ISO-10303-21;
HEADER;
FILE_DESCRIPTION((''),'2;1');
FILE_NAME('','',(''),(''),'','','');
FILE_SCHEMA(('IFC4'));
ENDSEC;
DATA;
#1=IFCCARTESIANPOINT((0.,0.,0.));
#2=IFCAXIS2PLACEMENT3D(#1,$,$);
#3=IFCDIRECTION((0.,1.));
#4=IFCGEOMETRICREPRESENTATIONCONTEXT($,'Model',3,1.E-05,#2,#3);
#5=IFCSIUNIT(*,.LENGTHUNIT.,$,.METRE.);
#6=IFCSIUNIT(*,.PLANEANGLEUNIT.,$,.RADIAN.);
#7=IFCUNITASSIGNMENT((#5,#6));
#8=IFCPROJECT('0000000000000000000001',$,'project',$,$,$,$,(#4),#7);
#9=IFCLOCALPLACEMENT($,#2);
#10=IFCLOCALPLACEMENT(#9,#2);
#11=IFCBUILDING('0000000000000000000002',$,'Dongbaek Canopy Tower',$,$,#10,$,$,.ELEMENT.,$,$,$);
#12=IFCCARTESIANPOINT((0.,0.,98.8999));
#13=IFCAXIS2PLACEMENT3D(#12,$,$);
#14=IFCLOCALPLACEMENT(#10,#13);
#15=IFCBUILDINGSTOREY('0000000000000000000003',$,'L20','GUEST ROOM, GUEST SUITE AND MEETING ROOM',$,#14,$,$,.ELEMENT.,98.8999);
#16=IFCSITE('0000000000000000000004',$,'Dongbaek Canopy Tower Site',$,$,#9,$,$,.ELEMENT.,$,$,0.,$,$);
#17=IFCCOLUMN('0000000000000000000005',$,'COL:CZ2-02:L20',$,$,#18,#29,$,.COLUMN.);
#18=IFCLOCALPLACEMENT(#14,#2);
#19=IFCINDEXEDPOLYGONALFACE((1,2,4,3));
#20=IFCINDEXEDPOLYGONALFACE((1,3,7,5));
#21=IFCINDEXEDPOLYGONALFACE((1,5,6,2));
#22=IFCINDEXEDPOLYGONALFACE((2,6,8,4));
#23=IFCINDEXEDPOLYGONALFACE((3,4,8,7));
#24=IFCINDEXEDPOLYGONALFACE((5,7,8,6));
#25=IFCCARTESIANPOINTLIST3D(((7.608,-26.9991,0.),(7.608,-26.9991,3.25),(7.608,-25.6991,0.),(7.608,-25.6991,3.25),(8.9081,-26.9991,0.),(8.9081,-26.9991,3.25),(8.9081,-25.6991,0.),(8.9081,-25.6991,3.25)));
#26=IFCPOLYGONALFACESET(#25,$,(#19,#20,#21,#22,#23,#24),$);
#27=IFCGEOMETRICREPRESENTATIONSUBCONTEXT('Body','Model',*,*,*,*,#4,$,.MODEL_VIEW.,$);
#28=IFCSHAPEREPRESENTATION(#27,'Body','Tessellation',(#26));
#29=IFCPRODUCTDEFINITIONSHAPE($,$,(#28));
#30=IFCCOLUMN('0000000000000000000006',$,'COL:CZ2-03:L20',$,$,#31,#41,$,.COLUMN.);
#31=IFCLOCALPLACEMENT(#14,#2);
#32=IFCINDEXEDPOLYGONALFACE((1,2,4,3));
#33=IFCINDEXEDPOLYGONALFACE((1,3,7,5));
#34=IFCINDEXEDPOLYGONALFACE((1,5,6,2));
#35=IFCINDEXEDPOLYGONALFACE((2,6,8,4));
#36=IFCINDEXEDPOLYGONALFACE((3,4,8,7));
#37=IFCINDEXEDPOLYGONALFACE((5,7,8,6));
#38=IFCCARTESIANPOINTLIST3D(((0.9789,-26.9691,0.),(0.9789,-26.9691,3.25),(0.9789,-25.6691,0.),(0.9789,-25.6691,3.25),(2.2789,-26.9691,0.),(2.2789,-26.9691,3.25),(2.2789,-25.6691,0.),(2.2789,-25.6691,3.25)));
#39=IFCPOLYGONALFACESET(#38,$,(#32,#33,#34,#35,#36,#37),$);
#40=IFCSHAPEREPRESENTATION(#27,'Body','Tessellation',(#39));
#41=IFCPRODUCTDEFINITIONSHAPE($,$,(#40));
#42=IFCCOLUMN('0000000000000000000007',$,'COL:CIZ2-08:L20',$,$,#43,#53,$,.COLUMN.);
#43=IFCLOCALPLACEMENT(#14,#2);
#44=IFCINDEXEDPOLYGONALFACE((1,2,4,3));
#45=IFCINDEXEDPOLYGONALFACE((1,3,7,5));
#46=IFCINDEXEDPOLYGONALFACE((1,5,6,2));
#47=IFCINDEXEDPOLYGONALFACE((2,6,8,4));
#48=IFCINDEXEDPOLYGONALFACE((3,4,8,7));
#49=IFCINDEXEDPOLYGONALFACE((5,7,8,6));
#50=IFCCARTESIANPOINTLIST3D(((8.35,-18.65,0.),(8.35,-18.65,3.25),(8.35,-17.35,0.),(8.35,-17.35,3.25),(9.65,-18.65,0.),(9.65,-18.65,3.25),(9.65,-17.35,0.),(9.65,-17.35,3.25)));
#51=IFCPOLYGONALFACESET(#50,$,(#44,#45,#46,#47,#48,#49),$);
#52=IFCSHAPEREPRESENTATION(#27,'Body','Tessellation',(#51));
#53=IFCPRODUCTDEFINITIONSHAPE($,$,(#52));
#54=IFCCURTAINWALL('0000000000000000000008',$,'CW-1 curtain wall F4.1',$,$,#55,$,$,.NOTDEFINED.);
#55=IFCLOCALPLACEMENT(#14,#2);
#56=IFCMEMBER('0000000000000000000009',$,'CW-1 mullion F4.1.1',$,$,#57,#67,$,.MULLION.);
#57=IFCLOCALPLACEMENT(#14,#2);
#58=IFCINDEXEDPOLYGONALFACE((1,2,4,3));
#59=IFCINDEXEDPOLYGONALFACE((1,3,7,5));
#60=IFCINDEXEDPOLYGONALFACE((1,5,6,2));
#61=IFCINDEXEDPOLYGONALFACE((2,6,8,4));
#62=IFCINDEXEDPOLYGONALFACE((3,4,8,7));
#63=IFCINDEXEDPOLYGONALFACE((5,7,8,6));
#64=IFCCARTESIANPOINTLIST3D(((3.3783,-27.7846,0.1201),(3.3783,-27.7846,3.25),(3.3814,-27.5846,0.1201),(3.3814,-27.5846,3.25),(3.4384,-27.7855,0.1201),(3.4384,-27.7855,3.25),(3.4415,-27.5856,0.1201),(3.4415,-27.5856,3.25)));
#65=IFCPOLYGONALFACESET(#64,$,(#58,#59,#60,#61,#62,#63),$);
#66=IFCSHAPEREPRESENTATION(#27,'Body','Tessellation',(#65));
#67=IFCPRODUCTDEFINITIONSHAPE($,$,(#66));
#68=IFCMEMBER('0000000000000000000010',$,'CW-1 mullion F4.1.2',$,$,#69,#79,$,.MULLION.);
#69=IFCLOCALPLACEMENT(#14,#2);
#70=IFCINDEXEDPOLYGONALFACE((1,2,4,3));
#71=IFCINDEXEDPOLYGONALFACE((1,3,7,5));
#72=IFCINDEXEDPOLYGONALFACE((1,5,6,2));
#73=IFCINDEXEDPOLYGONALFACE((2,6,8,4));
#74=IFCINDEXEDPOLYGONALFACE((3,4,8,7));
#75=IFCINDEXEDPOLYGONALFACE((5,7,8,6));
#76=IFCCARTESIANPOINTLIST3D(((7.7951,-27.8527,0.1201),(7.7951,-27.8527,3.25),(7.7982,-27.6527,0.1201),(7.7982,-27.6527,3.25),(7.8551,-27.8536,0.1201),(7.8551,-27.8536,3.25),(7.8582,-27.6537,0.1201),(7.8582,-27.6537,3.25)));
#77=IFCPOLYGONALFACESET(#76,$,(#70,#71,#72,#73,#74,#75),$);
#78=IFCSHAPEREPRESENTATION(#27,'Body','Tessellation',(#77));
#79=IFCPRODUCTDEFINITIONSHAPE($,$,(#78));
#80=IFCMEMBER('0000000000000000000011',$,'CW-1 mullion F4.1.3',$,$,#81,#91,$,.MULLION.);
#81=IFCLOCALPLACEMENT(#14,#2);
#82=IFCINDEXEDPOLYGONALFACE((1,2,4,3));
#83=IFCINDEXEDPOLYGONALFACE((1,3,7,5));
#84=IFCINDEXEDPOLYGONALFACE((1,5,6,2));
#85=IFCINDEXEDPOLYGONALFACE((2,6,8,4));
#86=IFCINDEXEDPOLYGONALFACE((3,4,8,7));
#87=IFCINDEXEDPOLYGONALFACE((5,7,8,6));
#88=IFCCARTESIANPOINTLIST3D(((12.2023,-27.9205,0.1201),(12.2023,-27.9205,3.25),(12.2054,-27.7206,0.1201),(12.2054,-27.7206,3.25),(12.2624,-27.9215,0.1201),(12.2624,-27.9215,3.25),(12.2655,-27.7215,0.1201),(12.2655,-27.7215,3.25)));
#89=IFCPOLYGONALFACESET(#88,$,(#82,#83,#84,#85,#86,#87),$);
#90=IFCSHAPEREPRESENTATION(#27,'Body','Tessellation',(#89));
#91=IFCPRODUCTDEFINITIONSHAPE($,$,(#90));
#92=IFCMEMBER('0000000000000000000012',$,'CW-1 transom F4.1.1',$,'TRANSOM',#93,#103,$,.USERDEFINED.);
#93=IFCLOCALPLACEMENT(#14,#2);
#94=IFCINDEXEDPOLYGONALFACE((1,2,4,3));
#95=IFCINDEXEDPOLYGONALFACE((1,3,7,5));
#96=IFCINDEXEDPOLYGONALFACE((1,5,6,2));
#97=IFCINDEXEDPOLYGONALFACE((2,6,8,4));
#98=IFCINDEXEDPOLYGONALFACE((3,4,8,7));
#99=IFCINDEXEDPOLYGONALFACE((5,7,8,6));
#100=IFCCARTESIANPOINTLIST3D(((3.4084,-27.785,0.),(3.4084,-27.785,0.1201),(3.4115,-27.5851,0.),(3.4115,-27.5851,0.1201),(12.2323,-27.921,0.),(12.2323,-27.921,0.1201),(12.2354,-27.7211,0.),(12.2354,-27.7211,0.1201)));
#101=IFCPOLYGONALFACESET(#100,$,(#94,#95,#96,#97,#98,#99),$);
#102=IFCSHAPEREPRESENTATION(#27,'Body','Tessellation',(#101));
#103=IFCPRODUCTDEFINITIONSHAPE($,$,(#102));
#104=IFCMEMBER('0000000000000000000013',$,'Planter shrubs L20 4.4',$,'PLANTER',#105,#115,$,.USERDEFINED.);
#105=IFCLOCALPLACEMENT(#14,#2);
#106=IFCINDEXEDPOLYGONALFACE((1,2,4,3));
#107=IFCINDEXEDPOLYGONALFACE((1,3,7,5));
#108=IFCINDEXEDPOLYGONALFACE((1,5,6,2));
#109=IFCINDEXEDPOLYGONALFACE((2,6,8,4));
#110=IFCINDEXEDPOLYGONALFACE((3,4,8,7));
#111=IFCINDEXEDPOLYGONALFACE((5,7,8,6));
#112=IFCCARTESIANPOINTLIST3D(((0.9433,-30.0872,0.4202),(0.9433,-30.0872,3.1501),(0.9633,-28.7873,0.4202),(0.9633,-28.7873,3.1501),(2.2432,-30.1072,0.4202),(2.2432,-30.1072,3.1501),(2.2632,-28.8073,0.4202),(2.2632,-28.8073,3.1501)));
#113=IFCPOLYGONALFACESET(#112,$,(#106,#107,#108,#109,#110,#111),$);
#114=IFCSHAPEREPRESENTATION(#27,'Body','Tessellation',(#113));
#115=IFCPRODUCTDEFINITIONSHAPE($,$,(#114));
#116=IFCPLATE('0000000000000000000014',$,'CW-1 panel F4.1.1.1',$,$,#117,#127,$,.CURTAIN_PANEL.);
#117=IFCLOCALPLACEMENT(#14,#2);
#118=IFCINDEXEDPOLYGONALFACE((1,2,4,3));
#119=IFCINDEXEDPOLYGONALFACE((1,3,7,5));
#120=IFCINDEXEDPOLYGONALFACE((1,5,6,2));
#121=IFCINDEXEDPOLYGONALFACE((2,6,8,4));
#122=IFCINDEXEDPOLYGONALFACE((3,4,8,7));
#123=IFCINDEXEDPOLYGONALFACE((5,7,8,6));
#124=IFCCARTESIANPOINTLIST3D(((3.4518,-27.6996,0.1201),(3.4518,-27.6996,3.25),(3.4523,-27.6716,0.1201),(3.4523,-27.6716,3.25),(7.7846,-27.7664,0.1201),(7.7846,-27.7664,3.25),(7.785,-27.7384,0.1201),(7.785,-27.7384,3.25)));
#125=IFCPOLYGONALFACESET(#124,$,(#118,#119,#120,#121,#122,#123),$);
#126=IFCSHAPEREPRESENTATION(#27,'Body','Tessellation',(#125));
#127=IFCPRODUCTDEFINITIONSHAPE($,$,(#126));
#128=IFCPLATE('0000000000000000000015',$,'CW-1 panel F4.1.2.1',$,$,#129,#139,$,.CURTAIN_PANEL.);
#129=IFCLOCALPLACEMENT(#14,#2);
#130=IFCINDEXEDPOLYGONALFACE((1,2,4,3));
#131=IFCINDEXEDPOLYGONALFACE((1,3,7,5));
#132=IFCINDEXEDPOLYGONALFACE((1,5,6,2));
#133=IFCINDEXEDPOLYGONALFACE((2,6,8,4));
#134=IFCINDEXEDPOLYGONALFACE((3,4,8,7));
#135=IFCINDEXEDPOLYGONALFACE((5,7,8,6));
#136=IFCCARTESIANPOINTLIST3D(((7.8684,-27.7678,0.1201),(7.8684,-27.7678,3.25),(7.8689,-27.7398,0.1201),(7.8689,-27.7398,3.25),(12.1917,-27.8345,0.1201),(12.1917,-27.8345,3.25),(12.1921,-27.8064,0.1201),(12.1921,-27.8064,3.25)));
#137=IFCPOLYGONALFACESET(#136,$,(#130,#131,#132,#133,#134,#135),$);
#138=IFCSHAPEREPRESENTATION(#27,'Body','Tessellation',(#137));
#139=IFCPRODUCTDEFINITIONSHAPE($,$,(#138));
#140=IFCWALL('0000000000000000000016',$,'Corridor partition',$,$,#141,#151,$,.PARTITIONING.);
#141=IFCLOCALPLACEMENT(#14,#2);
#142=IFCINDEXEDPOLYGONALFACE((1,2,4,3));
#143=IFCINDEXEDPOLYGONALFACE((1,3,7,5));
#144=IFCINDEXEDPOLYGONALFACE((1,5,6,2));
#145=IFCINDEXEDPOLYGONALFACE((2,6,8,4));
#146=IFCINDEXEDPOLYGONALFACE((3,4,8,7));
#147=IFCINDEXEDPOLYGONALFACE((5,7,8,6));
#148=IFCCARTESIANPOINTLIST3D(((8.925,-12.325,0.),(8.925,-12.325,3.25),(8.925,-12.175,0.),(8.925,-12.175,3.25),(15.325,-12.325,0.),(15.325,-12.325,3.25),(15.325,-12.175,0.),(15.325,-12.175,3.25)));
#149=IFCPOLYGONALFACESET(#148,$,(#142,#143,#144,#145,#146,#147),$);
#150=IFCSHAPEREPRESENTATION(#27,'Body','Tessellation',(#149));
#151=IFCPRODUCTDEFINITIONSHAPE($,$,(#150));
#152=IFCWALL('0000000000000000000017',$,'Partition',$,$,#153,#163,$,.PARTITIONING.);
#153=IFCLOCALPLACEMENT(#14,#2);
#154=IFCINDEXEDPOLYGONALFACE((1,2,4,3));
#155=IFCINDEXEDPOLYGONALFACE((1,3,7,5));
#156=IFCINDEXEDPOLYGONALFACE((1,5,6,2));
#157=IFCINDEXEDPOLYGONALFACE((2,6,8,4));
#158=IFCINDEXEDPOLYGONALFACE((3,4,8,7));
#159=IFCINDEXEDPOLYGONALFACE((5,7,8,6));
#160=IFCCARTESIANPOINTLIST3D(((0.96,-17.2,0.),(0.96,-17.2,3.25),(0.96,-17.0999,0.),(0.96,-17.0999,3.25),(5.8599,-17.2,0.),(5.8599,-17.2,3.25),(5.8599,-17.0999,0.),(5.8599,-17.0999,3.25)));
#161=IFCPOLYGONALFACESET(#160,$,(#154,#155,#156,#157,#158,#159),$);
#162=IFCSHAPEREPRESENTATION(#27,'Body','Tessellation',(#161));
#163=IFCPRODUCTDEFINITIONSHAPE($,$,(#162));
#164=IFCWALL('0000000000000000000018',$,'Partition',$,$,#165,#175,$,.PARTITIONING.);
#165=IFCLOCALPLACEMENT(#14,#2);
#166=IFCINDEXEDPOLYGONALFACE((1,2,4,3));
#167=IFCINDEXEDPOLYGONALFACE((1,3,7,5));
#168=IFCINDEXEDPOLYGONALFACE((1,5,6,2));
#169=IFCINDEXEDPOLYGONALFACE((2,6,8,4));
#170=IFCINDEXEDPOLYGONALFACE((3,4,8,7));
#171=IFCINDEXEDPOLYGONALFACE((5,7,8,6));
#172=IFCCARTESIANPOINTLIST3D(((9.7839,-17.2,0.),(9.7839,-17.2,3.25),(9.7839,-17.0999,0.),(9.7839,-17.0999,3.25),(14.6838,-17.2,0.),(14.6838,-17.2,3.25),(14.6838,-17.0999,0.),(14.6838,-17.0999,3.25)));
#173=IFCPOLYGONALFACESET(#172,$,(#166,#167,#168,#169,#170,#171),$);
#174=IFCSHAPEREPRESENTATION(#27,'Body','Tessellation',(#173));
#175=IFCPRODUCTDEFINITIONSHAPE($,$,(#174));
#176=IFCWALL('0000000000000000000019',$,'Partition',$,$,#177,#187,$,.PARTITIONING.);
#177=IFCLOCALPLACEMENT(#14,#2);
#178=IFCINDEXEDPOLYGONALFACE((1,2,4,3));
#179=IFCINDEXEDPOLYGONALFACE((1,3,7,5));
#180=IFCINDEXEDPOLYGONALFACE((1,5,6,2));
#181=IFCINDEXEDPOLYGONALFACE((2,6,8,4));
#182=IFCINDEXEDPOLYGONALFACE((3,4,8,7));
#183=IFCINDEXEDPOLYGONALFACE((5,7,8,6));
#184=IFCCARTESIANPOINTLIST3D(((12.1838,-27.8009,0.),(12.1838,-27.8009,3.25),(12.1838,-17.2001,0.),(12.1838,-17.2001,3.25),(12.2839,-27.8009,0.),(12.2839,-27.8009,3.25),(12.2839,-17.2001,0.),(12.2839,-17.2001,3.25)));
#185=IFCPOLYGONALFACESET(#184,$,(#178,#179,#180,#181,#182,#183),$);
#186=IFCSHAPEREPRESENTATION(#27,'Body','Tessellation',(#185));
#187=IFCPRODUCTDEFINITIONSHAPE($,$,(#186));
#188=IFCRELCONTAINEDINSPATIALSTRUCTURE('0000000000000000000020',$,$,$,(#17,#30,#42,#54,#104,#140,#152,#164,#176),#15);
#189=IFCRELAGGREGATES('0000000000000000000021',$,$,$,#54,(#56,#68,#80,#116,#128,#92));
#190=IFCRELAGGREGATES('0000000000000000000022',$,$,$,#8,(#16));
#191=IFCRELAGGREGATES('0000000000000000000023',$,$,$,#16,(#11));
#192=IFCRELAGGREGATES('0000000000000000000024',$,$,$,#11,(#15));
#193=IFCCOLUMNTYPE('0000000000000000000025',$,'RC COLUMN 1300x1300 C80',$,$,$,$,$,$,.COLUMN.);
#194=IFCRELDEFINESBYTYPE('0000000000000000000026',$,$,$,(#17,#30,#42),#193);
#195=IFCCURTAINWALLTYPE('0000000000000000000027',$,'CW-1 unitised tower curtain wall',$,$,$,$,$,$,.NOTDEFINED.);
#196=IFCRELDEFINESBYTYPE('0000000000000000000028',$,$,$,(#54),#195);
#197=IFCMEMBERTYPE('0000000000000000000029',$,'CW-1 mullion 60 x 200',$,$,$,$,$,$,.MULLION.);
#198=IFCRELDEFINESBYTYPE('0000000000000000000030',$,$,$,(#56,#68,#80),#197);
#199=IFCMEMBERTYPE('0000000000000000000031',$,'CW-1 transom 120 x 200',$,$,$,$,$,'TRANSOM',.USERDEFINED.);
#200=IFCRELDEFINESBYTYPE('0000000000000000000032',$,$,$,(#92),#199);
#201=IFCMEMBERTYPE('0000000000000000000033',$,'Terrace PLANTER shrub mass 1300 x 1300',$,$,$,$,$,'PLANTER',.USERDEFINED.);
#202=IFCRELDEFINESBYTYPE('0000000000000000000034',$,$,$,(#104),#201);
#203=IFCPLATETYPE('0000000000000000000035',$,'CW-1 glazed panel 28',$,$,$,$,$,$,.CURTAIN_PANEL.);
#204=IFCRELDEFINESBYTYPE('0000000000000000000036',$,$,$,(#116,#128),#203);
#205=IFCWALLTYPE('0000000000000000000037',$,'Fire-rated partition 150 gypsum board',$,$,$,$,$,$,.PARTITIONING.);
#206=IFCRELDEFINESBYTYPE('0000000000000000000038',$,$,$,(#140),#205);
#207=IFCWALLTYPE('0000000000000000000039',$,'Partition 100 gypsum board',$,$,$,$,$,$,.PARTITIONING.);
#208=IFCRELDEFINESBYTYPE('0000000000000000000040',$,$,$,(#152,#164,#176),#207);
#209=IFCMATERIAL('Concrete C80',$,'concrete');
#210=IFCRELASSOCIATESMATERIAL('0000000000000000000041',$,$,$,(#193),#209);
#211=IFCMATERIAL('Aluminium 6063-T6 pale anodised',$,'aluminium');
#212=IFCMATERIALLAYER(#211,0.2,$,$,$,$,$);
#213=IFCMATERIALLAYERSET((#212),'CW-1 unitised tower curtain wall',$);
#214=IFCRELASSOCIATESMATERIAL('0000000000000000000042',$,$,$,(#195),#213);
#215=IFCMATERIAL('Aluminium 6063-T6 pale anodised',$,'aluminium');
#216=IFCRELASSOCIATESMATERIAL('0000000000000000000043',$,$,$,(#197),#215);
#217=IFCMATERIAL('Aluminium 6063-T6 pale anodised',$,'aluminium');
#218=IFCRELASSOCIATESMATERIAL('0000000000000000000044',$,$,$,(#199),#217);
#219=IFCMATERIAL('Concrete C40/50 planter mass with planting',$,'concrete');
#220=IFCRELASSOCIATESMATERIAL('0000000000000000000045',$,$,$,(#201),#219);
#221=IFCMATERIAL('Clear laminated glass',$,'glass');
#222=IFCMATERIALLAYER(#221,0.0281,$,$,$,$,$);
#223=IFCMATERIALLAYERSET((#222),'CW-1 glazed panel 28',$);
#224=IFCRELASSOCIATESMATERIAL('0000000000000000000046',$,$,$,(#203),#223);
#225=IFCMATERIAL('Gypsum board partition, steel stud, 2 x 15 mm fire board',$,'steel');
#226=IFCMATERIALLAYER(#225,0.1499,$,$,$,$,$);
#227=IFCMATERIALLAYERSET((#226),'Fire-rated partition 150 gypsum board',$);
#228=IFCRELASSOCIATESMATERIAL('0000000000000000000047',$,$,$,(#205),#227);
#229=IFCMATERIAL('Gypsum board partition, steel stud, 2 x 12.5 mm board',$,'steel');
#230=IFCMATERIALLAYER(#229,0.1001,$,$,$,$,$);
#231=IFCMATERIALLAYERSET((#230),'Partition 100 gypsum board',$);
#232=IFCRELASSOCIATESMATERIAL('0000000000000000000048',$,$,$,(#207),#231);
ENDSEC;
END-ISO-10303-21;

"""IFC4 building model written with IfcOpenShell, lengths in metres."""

from ifc_helpers import new_model, si_unit, direction, frame, frame_2d, origin, origin_2d, place, context, subcontext, project, spatial, rectangle, extrude, material, layer, layer_set, material_profile, profile_set, type_object, element, aggregate, save


model = new_model("IFC4")

# Units and contexts
model_context = context("Model", 3, precision=1e-05, world=origin(), true_north=direction((0.0, 1.0)))
body_context = subcontext(model_context, "Body", "Model", "MODEL_VIEW")
ifc_project = project(units=[si_unit("LENGTHUNIT", "METRE"), si_unit("PLANEANGLEUNIT", "RADIAN")], contexts=[model_context])

# Site, building, storey
site_placement = place(None, origin())
site = spatial("IfcSite", under=ifc_project, at=site_placement, Name="Dongbaek Canopy Tower Site", CompositionType="ELEMENT", RefElevation=0.0)
building_placement = place(site_placement, origin())
building = spatial("IfcBuilding", under=site, at=building_placement, Name="Dongbaek Canopy Tower", CompositionType="ELEMENT")
storey_placement = place(building_placement, frame((0.0, 0.0, 98.8999)))
storey = spatial("IfcBuildingStorey", under=building, at=storey_placement, Name="L20", Description="GUEST ROOM, GUEST SUITE AND MEETING ROOM", CompositionType="ELEMENT", Elevation=98.8999)

# Columns
ifc_material_1 = material(Name="Concrete C80", Category="concrete")
ifc_material_profile_1 = material_profile(ifc_material_1, rectangle(XDim=1.3, YDim=1.3, at=origin_2d()), Name="RC COLUMN 1300x1300 C80")
ifc_profile_set_1 = profile_set([ifc_material_profile_1], Name="Concrete C80")
column_type = type_object("IfcColumnType", Name="RC COLUMN 1300x1300 C80", PredefinedType="COLUMN", material=ifc_profile_set_1)
for number, where, z_axis, x_axis, name in (
    (1, (8.2581, -26.3491, 0.0), (0.0, 0.0, 1.0), (1.0, 0.0, 0.0), "COL:CZ2-02:L20"),
    (2, (1.6289, -26.3191, 0.0), (0.0, 0.0, 1.0), (1.0, 0.0, 0.0), "COL:CZ2-03:L20"),
    (3, (9.0, -18.0, 0.0), (0.0, 0.0, 1.0), (1.0, 0.0, 0.0), "COL:CIZ2-08:L20"),
):
    element("IfcColumn", number, at=place(storey_placement, frame(where, z_axis=z_axis, x_axis=x_axis)), inside=storey, type_object=column_type, Name=name, PredefinedType="COLUMN", context=body_context, shape_type="SweptSolid", body=[
        extrude(rectangle(XDim=1.3, YDim=1.3, at=origin_2d()), origin(), (0.0, 0.0, 1.0), 3.25),
    ])

# Curtain wall, members
ifc_material_2 = material(Name="Aluminium 6063-T6 pale anodised", Category="aluminium")
ifc_layer_1 = layer(ifc_material_2, 0.2)
ifc_layer_set_1 = layer_set([ifc_layer_1], Name="CW-1 unitised tower curtain wall")
curtain_wall_type = type_object("IfcCurtainWallType", Name="CW-1 unitised tower curtain wall", PredefinedType="NOTDEFINED", material=ifc_layer_set_1)
curtain_wall_placement = place(storey_placement, origin())
curtain_wall = element("IfcCurtainWall", 4, at=curtain_wall_placement, inside=storey, type_object=curtain_wall_type, Name="CW-1 curtain wall F4.1", PredefinedType="NOTDEFINED")
ifc_material_3 = material(Name="Aluminium 6063-T6 pale anodised", Category="aluminium")
ifc_material_profile_2 = material_profile(ifc_material_3, rectangle(XDim=0.2, YDim=0.0601, at=origin_2d()), Name="CW-1 mullion 60 x 200")
ifc_profile_set_2 = profile_set([ifc_material_profile_2], Name="Aluminium 6063-T6 pale anodised")
member_type_1 = type_object("IfcMemberType", Name="CW-1 mullion 60 x 200", PredefinedType="MULLION", material=ifc_profile_set_2)
member_1_placement = place(storey_placement, frame((3.4099, -27.6851, 0.1201), z_axis=(0.0, 0.0, 1.0), x_axis=(-0.015413, -0.999881, 0.0)))
member_1 = element("IfcMember", 5, at=member_1_placement, type_object=member_type_1, Name="CW-1 mullion F4.1.1", PredefinedType="MULLION", context=body_context, shape_type="SweptSolid", body=[
    extrude(rectangle(XDim=0.2, YDim=0.0601, at=origin_2d()), origin(), (0.0, 0.0, 1.0), 3.1299),
])
member_2_placement = place(storey_placement, frame((7.8267, -27.7532, 0.1201), z_axis=(0.0, 0.0, 1.0), x_axis=(-0.015413, -0.999881, 0.0)))
member_2 = element("IfcMember", 6, at=member_2_placement, type_object=member_type_1, Name="CW-1 mullion F4.1.2", PredefinedType="MULLION", context=body_context, shape_type="SweptSolid", body=[
    extrude(rectangle(XDim=0.2, YDim=0.0601, at=origin_2d()), origin(), (0.0, 0.0, 1.0), 3.1299),
])
member_3_placement = place(storey_placement, frame((12.2339, -27.821, 0.1201), z_axis=(0.0, 0.0, 1.0), x_axis=(-0.015413, -0.999881, 0.0)))
member_3 = element("IfcMember", 7, at=member_3_placement, type_object=member_type_1, Name="CW-1 mullion F4.1.3", PredefinedType="MULLION", context=body_context, shape_type="SweptSolid", body=[
    extrude(rectangle(XDim=0.2, YDim=0.0601, at=origin_2d()), origin(), (0.0, 0.0, 1.0), 3.1299),
])
ifc_material_4 = material(Name="Aluminium 6063-T6 pale anodised", Category="aluminium")
ifc_material_profile_3 = material_profile(ifc_material_4, rectangle(XDim=0.2, YDim=0.1201, at=origin_2d()), Name="CW-1 transom 120 x 200")
ifc_profile_set_3 = profile_set([ifc_material_profile_3], Name="Aluminium 6063-T6 pale anodised")
member_type_2 = type_object("IfcMemberType", Name="CW-1 transom 120 x 200", ElementType="TRANSOM", PredefinedType="USERDEFINED", material=ifc_profile_set_3)
member_4_placement = place(storey_placement, frame((3.4099, -27.6851, 0.0601), z_axis=(0.999881, -0.015409, 0.0), x_axis=(0.015409, 0.999881, 0.0)))
member_4 = element("IfcMember", 8, at=member_4_placement, type_object=member_type_2, Name="CW-1 transom F4.1.1", ObjectType="TRANSOM", PredefinedType="USERDEFINED", context=body_context, shape_type="SweptSolid", body=[
    extrude(rectangle(XDim=0.2, YDim=0.1201, at=origin_2d()), origin(), (0.0, 0.0, 1.0), 8.825),
])

# Member
ifc_material_5 = material(Name="Concrete C40/50 planter mass with planting", Category="concrete")
ifc_material_profile_4 = material_profile(ifc_material_5, rectangle(XDim=1.3, YDim=1.3, at=origin_2d()), Name="Terrace PLANTER shrub mass 1300 x 1300")
ifc_profile_set_4 = profile_set([ifc_material_profile_4], Name="Concrete C40/50 planter mass with planting")
member_type_3 = type_object("IfcMemberType", Name="Terrace PLANTER shrub mass 1300 x 1300", ElementType="PLANTER", PredefinedType="USERDEFINED", material=ifc_profile_set_4)
member_5_placement = place(storey_placement, frame((1.6033, -29.4473, 0.4202), z_axis=(0.0, 0.0, 1.0), x_axis=(-0.015413, -0.999881, 0.0)))
element("IfcMember", 9, at=member_5_placement, inside=storey, type_object=member_type_3, Name="Planter shrubs L20 4.4", ObjectType="PLANTER", PredefinedType="USERDEFINED", context=body_context, shape_type="SweptSolid", body=[
    extrude(rectangle(XDim=1.3, YDim=1.3, at=origin_2d()), origin(), (0.0, 0.0, 1.0), 2.73),
])

# Plates
ifc_material_6 = material(Name="Clear laminated glass", Category="glass")
ifc_layer_2 = layer(ifc_material_6, 0.0281)
ifc_layer_set_2 = layer_set([ifc_layer_2], Name="CW-1 glazed panel 28")
plate_type = type_object("IfcPlateType", Name="CW-1 glazed panel 28", PredefinedType="CURTAIN_PANEL", material=ifc_layer_set_2)
plate_1_placement = place(storey_placement, frame((5.6184, -27.719, 0.1201), z_axis=(0.0, 0.0, 1.0), x_axis=(0.999881, -0.015413, 0.0)))
plate_1 = element("IfcPlate", 10, at=plate_1_placement, type_object=plate_type, Name="CW-1 panel F4.1.1.1", PredefinedType="CURTAIN_PANEL", context=body_context, shape_type="SweptSolid", body=[
    extrude(rectangle(XDim=4.3333, YDim=0.0281, at=origin_2d()), origin(), (0.0, 0.0, 1.0), 3.1299),
])
plate_2_placement = place(storey_placement, frame((10.0303, -27.7871, 0.1201), z_axis=(0.0, 0.0, 1.0), x_axis=(0.999881, -0.015413, 0.0)))
plate_2 = element("IfcPlate", 11, at=plate_2_placement, type_object=plate_type, Name="CW-1 panel F4.1.2.1", PredefinedType="CURTAIN_PANEL", context=body_context, shape_type="SweptSolid", body=[
    extrude(rectangle(XDim=4.3237, YDim=0.0281, at=origin_2d()), origin(), (0.0, 0.0, 1.0), 3.1299),
])

# Walls
ifc_material_7 = material(Name="Gypsum board partition, steel stud, 2 x 15 mm fire board", Category="steel")
ifc_layer_3 = layer(ifc_material_7, 0.1499)
ifc_layer_set_3 = layer_set([ifc_layer_3], Name="Fire-rated partition 150 gypsum board")
wall_type_1 = type_object("IfcWallType", Name="Fire-rated partition 150 gypsum board", PredefinedType="PARTITIONING", material=ifc_layer_set_3)
wall_1_placement = place(storey_placement, frame((8.925, -12.25, 0.0), z_axis=(0.0, 0.0, 1.0), x_axis=(1.0, 0.0, 0.0)))
element("IfcWall", 12, at=wall_1_placement, inside=storey, type_object=wall_type_1, Name="Corridor partition", PredefinedType="PARTITIONING", context=body_context, shape_type="SweptSolid", body=[
    extrude(rectangle(XDim=6.3999, YDim=0.1499, at=frame_2d((3.2, 0.0))), origin(), (0.0, 0.0, 1.0), 3.25),
])
ifc_material_8 = material(Name="Gypsum board partition, steel stud, 2 x 12.5 mm board", Category="steel")
ifc_layer_4 = layer(ifc_material_8, 0.1001)
ifc_layer_set_4 = layer_set([ifc_layer_4], Name="Partition 100 gypsum board")
wall_type_2 = type_object("IfcWallType", Name="Partition 100 gypsum board", PredefinedType="PARTITIONING", material=ifc_layer_set_4)
for number, where, z_axis, x_axis, name in (
    (13, (0.96, -17.1499, 0.0), (0.0, 0.0, 1.0), (1.0, 0.0, 0.0), "Partition"),
    (14, (9.7839, -17.1499, 0.0), (0.0, 0.0, 1.0), (1.0, 0.0, 0.0), "Partition"),
):
    element("IfcWall", number, at=place(storey_placement, frame(where, z_axis=z_axis, x_axis=x_axis)), inside=storey, type_object=wall_type_2, Name=name, PredefinedType="PARTITIONING", context=body_context, shape_type="SweptSolid", body=[
        extrude(rectangle(XDim=4.8999, YDim=0.1001, at=frame_2d((2.45, 0.0))), origin(), (0.0, 0.0, 1.0), 3.25),
    ])
wall_2_placement = place(storey_placement, frame((12.2339, -27.8008, 0.0), z_axis=(0.0, 0.0, 1.0), x_axis=(0.0, 1.0, 0.0)))
element("IfcWall", 15, at=wall_2_placement, inside=storey, type_object=wall_type_2, Name="Partition", PredefinedType="PARTITIONING", context=body_context, shape_type="SweptSolid", body=[
    extrude(rectangle(XDim=10.6008, YDim=0.1001, at=frame_2d((5.3003, 0.0))), origin(), (0.0, 0.0, 1.0), 3.25),
])

aggregate(curtain_wall, [member_1, member_2, member_3, plate_1, plate_2, member_4])

save(model, "model.ifc")
